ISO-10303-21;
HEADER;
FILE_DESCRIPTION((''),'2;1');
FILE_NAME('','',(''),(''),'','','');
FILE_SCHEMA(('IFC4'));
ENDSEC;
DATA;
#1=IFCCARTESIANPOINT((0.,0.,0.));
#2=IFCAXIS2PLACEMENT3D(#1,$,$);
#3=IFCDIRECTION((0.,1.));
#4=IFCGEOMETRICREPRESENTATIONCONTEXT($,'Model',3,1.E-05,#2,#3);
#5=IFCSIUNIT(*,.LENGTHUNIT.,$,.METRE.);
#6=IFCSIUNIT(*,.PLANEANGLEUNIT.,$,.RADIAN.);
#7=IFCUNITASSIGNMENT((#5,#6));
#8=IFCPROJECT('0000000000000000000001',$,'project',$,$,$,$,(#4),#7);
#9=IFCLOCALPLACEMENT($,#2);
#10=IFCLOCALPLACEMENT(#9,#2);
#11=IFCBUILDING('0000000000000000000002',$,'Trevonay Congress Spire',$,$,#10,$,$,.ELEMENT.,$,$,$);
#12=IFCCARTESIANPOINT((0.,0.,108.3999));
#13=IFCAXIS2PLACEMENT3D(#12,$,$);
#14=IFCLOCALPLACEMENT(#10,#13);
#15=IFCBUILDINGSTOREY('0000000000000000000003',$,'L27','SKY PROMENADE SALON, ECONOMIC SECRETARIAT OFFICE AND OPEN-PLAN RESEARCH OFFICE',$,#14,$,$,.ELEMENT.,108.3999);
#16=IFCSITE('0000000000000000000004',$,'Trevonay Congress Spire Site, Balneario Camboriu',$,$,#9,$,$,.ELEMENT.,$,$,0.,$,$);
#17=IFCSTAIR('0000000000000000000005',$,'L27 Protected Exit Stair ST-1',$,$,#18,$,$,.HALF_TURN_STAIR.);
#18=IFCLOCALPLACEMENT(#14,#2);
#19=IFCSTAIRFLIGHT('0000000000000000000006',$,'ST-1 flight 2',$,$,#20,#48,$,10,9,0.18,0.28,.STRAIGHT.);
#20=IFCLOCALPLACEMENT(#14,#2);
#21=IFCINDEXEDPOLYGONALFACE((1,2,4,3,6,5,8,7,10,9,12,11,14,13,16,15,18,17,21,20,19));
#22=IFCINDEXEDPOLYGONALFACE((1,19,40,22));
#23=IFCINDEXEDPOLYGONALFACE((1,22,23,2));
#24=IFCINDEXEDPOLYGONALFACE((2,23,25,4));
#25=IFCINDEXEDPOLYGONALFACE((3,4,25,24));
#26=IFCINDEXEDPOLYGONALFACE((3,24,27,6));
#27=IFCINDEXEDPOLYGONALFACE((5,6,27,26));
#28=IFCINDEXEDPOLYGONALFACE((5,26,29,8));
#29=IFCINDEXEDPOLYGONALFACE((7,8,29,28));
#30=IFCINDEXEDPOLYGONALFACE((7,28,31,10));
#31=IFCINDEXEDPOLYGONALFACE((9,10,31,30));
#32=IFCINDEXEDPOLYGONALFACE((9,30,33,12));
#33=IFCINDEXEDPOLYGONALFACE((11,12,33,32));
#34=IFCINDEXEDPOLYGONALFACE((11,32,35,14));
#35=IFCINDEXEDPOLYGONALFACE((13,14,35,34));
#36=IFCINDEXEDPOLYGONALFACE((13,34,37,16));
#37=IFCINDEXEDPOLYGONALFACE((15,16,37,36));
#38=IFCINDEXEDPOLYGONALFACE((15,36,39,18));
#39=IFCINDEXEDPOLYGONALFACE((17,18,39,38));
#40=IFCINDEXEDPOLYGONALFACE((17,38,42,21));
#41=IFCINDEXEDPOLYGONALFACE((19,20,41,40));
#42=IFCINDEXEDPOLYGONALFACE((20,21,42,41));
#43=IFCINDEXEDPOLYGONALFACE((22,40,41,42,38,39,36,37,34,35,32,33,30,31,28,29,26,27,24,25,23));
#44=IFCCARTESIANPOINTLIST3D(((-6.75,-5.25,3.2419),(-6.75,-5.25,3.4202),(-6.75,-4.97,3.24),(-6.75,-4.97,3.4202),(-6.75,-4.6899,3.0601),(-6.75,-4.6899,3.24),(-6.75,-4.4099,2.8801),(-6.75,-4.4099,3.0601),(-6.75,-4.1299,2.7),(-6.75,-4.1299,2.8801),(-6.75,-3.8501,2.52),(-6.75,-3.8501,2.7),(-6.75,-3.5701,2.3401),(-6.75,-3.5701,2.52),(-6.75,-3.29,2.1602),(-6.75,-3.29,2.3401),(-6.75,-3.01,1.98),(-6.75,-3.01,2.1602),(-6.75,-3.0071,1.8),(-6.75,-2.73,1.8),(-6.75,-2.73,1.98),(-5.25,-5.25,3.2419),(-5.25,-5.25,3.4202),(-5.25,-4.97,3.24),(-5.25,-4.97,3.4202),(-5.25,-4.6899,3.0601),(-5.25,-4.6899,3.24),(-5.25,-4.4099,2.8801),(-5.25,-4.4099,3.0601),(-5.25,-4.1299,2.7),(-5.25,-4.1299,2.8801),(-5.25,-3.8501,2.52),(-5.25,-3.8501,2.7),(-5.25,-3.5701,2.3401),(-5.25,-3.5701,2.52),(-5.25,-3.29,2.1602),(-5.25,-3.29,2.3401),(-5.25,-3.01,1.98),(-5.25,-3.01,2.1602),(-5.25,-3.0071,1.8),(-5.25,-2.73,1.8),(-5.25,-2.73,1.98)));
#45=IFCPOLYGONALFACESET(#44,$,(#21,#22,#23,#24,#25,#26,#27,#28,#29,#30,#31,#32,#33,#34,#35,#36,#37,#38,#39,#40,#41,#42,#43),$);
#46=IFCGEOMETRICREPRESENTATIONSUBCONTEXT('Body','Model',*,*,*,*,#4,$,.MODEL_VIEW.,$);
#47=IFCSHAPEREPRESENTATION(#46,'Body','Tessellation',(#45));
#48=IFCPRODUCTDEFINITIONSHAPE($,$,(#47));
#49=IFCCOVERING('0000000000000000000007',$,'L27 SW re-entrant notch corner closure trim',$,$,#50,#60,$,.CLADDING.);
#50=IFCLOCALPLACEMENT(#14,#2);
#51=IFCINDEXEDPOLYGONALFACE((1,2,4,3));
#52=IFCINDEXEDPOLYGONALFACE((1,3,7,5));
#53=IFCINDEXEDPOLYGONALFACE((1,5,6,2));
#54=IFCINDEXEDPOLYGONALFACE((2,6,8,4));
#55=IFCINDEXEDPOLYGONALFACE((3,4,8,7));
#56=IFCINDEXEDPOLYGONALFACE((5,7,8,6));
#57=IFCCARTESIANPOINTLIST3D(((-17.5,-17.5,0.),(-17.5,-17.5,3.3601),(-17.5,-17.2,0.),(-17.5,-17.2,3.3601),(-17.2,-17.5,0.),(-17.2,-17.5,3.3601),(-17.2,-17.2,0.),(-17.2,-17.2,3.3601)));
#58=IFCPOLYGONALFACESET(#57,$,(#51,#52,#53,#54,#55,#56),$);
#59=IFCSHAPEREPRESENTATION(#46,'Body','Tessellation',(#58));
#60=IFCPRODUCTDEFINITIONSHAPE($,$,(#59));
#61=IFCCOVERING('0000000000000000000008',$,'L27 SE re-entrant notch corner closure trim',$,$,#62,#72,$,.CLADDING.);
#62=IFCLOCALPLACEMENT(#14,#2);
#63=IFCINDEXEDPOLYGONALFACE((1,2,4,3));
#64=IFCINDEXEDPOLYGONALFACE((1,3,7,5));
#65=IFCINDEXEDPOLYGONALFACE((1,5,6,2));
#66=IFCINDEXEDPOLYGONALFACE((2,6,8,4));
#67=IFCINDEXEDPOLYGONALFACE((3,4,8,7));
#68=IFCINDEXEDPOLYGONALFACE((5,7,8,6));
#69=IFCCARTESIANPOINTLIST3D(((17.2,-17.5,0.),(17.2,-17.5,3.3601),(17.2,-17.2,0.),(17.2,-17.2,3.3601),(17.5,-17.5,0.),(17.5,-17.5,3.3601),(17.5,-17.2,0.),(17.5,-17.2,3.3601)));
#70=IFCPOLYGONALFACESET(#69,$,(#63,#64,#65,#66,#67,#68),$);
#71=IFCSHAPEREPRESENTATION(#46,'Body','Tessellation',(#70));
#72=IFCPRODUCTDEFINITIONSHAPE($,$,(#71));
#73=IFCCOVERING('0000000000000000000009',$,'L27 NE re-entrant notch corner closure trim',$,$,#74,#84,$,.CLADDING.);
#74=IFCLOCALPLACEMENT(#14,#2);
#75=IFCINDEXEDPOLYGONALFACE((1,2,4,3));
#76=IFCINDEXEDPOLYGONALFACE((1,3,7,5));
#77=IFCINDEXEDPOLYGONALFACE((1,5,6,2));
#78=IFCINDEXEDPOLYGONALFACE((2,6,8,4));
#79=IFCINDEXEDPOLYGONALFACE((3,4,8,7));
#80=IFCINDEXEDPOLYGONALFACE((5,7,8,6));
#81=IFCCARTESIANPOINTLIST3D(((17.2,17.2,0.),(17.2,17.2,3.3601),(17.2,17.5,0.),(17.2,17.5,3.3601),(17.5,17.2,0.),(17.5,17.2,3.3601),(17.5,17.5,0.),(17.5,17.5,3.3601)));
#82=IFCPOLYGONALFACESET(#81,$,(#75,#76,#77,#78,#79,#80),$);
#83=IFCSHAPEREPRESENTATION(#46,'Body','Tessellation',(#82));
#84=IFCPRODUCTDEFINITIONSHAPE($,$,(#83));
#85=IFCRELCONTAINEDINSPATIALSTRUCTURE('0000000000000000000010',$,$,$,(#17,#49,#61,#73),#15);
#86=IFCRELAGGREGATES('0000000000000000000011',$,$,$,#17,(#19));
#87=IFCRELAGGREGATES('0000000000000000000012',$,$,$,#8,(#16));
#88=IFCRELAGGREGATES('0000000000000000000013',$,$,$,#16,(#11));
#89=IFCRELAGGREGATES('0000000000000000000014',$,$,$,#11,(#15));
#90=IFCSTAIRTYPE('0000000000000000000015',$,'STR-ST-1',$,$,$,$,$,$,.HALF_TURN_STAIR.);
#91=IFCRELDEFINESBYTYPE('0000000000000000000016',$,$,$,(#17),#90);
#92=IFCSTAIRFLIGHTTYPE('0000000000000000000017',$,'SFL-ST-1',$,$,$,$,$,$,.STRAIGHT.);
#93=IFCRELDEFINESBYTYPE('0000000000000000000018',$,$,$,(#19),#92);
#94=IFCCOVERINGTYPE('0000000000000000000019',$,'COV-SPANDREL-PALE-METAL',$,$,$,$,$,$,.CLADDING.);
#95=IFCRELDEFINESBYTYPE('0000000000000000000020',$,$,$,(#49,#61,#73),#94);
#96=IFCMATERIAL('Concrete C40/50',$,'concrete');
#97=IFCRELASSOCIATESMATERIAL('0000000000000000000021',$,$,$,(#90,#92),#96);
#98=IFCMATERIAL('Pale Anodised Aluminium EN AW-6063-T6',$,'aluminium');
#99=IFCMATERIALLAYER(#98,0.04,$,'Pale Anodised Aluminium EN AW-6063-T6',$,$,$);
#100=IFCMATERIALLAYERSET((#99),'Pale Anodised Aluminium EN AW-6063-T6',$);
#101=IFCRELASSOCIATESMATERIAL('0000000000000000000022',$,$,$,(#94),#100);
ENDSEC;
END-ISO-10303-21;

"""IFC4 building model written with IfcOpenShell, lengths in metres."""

from ifc_helpers import new_model, si_unit, direction, frame, origin, place, context, subcontext, project, spatial, polyline, outline, extrude, material, layer, layer_set, type_object, element, aggregate, save


model = new_model("IFC4")

# Units and contexts
model_context = context("Model", 3, precision=1e-05, world=origin(), true_north=direction((0.0, 1.0)))
body_context = subcontext(model_context, "Body", "Model", "MODEL_VIEW")
ifc_project = project(units=[si_unit("LENGTHUNIT", "METRE"), si_unit("PLANEANGLEUNIT", "RADIAN")], contexts=[model_context])

# Site, building, storey
site_placement = place(None, origin())
site = spatial("IfcSite", under=ifc_project, at=site_placement, Name="Trevonay Congress Spire Site, Balneario Camboriu", CompositionType="ELEMENT", RefElevation=0.0)
building_placement = place(site_placement, origin())
building = spatial("IfcBuilding", under=site, at=building_placement, Name="Trevonay Congress Spire", CompositionType="ELEMENT")
storey_placement = place(building_placement, frame((0.0, 0.0, 108.3999)))
storey = spatial("IfcBuildingStorey", under=building, at=storey_placement, Name="L27", Description="SKY PROMENADE SALON, ECONOMIC SECRETARIAT OFFICE AND OPEN-PLAN RESEARCH OFFICE", CompositionType="ELEMENT", Elevation=108.3999)

# Shared definitions
ifc_material_1 = material(Name="Concrete C40/50", Category="concrete")

# Stair, stair flight
stair_type = type_object("IfcStairType", Name="STR-ST-1", PredefinedType="HALF_TURN_STAIR", material=ifc_material_1)
stair_placement = place(storey_placement, origin())
stair = element("IfcStair", 1, at=stair_placement, inside=storey, type_object=stair_type, Name="L27 Protected Exit Stair ST-1", PredefinedType="HALF_TURN_STAIR")
stair_flight_type = type_object("IfcStairFlightType", Name="SFL-ST-1", PredefinedType="STRAIGHT", material=ifc_material_1)
stair_flight_1_placement = place(storey_placement, frame((-6.0, -2.73, 1.8), z_axis=(0.0, 0.0, 1.0), x_axis=(0.0, -1.0, 0.0)))
stair_flight_1 = element("IfcStairFlight", 2, at=stair_flight_1_placement, type_object=stair_flight_type, Name="ST-1 flight 2", NumberOfRisers=10, NumberOfTreads=9, PredefinedType="STRAIGHT", RiserHeight=0.18, TreadLength=0.28, context=body_context, shape_type="SweptSolid", body=[
    extrude(outline(polyline([(0.0, 0.0), (0.0, 0.1799), (0.28, 0.1799), (0.28, 0.3601), (0.5601, 0.3601), (0.5601, 0.54), (0.8401, 0.54), (0.8401, 0.72), (1.1201, 0.72), (1.1201, 0.8999), (1.3999, 0.8999), (1.3999, 1.0801), (1.6799, 1.0801), (1.6799, 1.26), (1.96, 1.26), (1.96, 1.4399), (2.24, 1.4399), (2.24, 1.6201), (2.52, 1.6201), (2.52, 1.8), (2.52, 1.4419), (0.2771, 0.0), (0.0, 0.0)])), frame((0.0, 0.75, 0.0), z_axis=(0.0, -1.0, 0.0), x_axis=(1.0, 0.0, 0.0)), (0.0, 0.0, 1.0), 1.5),
])
aggregate(stair, [stair_flight_1])

# Coverings
ifc_material_2 = material(Name="Pale Anodised Aluminium EN AW-6063-T6", Category="aluminium")
ifc_layer_1 = layer(ifc_material_2, 0.04, Name="Pale Anodised Aluminium EN AW-6063-T6")
ifc_layer_set_1 = layer_set([ifc_layer_1], Name="Pale Anodised Aluminium EN AW-6063-T6")
covering_type = type_object("IfcCoveringType", Name="COV-SPANDREL-PALE-METAL", PredefinedType="CLADDING", material=ifc_layer_set_1)
covering_1_placement = place(storey_placement, origin())
element("IfcCovering", 3, at=covering_1_placement, inside=storey, type_object=covering_type, Name="L27 SW re-entrant notch corner closure trim", PredefinedType="CLADDING", context=body_context, shape_type="SweptSolid", body=[
    extrude(outline(polyline([(-17.5, -17.5), (-17.2, -17.5), (-17.2, -17.2), (-17.5, -17.2), (-17.5, -17.5)])), origin(), (0.0, 0.0, 1.0), 3.3601),
])
covering_2_placement = place(storey_placement, origin())
element("IfcCovering", 4, at=covering_2_placement, inside=storey, type_object=covering_type, Name="L27 SE re-entrant notch corner closure trim", PredefinedType="CLADDING", context=body_context, shape_type="SweptSolid", body=[
    extrude(outline(polyline([(17.2, -17.5), (17.5, -17.5), (17.5, -17.2), (17.2, -17.2), (17.2, -17.5)])), origin(), (0.0, 0.0, 1.0), 3.3601),
])
covering_3_placement = place(storey_placement, origin())
element("IfcCovering", 5, at=covering_3_placement, inside=storey, type_object=covering_type, Name="L27 NE re-entrant notch corner closure trim", PredefinedType="CLADDING", context=body_context, shape_type="SweptSolid", body=[
    extrude(outline(polyline([(17.2, 17.2), (17.5, 17.2), (17.5, 17.5), (17.2, 17.5), (17.2, 17.2)])), origin(), (0.0, 0.0, 1.0), 3.3601),
])

save(model, "model.ifc")
